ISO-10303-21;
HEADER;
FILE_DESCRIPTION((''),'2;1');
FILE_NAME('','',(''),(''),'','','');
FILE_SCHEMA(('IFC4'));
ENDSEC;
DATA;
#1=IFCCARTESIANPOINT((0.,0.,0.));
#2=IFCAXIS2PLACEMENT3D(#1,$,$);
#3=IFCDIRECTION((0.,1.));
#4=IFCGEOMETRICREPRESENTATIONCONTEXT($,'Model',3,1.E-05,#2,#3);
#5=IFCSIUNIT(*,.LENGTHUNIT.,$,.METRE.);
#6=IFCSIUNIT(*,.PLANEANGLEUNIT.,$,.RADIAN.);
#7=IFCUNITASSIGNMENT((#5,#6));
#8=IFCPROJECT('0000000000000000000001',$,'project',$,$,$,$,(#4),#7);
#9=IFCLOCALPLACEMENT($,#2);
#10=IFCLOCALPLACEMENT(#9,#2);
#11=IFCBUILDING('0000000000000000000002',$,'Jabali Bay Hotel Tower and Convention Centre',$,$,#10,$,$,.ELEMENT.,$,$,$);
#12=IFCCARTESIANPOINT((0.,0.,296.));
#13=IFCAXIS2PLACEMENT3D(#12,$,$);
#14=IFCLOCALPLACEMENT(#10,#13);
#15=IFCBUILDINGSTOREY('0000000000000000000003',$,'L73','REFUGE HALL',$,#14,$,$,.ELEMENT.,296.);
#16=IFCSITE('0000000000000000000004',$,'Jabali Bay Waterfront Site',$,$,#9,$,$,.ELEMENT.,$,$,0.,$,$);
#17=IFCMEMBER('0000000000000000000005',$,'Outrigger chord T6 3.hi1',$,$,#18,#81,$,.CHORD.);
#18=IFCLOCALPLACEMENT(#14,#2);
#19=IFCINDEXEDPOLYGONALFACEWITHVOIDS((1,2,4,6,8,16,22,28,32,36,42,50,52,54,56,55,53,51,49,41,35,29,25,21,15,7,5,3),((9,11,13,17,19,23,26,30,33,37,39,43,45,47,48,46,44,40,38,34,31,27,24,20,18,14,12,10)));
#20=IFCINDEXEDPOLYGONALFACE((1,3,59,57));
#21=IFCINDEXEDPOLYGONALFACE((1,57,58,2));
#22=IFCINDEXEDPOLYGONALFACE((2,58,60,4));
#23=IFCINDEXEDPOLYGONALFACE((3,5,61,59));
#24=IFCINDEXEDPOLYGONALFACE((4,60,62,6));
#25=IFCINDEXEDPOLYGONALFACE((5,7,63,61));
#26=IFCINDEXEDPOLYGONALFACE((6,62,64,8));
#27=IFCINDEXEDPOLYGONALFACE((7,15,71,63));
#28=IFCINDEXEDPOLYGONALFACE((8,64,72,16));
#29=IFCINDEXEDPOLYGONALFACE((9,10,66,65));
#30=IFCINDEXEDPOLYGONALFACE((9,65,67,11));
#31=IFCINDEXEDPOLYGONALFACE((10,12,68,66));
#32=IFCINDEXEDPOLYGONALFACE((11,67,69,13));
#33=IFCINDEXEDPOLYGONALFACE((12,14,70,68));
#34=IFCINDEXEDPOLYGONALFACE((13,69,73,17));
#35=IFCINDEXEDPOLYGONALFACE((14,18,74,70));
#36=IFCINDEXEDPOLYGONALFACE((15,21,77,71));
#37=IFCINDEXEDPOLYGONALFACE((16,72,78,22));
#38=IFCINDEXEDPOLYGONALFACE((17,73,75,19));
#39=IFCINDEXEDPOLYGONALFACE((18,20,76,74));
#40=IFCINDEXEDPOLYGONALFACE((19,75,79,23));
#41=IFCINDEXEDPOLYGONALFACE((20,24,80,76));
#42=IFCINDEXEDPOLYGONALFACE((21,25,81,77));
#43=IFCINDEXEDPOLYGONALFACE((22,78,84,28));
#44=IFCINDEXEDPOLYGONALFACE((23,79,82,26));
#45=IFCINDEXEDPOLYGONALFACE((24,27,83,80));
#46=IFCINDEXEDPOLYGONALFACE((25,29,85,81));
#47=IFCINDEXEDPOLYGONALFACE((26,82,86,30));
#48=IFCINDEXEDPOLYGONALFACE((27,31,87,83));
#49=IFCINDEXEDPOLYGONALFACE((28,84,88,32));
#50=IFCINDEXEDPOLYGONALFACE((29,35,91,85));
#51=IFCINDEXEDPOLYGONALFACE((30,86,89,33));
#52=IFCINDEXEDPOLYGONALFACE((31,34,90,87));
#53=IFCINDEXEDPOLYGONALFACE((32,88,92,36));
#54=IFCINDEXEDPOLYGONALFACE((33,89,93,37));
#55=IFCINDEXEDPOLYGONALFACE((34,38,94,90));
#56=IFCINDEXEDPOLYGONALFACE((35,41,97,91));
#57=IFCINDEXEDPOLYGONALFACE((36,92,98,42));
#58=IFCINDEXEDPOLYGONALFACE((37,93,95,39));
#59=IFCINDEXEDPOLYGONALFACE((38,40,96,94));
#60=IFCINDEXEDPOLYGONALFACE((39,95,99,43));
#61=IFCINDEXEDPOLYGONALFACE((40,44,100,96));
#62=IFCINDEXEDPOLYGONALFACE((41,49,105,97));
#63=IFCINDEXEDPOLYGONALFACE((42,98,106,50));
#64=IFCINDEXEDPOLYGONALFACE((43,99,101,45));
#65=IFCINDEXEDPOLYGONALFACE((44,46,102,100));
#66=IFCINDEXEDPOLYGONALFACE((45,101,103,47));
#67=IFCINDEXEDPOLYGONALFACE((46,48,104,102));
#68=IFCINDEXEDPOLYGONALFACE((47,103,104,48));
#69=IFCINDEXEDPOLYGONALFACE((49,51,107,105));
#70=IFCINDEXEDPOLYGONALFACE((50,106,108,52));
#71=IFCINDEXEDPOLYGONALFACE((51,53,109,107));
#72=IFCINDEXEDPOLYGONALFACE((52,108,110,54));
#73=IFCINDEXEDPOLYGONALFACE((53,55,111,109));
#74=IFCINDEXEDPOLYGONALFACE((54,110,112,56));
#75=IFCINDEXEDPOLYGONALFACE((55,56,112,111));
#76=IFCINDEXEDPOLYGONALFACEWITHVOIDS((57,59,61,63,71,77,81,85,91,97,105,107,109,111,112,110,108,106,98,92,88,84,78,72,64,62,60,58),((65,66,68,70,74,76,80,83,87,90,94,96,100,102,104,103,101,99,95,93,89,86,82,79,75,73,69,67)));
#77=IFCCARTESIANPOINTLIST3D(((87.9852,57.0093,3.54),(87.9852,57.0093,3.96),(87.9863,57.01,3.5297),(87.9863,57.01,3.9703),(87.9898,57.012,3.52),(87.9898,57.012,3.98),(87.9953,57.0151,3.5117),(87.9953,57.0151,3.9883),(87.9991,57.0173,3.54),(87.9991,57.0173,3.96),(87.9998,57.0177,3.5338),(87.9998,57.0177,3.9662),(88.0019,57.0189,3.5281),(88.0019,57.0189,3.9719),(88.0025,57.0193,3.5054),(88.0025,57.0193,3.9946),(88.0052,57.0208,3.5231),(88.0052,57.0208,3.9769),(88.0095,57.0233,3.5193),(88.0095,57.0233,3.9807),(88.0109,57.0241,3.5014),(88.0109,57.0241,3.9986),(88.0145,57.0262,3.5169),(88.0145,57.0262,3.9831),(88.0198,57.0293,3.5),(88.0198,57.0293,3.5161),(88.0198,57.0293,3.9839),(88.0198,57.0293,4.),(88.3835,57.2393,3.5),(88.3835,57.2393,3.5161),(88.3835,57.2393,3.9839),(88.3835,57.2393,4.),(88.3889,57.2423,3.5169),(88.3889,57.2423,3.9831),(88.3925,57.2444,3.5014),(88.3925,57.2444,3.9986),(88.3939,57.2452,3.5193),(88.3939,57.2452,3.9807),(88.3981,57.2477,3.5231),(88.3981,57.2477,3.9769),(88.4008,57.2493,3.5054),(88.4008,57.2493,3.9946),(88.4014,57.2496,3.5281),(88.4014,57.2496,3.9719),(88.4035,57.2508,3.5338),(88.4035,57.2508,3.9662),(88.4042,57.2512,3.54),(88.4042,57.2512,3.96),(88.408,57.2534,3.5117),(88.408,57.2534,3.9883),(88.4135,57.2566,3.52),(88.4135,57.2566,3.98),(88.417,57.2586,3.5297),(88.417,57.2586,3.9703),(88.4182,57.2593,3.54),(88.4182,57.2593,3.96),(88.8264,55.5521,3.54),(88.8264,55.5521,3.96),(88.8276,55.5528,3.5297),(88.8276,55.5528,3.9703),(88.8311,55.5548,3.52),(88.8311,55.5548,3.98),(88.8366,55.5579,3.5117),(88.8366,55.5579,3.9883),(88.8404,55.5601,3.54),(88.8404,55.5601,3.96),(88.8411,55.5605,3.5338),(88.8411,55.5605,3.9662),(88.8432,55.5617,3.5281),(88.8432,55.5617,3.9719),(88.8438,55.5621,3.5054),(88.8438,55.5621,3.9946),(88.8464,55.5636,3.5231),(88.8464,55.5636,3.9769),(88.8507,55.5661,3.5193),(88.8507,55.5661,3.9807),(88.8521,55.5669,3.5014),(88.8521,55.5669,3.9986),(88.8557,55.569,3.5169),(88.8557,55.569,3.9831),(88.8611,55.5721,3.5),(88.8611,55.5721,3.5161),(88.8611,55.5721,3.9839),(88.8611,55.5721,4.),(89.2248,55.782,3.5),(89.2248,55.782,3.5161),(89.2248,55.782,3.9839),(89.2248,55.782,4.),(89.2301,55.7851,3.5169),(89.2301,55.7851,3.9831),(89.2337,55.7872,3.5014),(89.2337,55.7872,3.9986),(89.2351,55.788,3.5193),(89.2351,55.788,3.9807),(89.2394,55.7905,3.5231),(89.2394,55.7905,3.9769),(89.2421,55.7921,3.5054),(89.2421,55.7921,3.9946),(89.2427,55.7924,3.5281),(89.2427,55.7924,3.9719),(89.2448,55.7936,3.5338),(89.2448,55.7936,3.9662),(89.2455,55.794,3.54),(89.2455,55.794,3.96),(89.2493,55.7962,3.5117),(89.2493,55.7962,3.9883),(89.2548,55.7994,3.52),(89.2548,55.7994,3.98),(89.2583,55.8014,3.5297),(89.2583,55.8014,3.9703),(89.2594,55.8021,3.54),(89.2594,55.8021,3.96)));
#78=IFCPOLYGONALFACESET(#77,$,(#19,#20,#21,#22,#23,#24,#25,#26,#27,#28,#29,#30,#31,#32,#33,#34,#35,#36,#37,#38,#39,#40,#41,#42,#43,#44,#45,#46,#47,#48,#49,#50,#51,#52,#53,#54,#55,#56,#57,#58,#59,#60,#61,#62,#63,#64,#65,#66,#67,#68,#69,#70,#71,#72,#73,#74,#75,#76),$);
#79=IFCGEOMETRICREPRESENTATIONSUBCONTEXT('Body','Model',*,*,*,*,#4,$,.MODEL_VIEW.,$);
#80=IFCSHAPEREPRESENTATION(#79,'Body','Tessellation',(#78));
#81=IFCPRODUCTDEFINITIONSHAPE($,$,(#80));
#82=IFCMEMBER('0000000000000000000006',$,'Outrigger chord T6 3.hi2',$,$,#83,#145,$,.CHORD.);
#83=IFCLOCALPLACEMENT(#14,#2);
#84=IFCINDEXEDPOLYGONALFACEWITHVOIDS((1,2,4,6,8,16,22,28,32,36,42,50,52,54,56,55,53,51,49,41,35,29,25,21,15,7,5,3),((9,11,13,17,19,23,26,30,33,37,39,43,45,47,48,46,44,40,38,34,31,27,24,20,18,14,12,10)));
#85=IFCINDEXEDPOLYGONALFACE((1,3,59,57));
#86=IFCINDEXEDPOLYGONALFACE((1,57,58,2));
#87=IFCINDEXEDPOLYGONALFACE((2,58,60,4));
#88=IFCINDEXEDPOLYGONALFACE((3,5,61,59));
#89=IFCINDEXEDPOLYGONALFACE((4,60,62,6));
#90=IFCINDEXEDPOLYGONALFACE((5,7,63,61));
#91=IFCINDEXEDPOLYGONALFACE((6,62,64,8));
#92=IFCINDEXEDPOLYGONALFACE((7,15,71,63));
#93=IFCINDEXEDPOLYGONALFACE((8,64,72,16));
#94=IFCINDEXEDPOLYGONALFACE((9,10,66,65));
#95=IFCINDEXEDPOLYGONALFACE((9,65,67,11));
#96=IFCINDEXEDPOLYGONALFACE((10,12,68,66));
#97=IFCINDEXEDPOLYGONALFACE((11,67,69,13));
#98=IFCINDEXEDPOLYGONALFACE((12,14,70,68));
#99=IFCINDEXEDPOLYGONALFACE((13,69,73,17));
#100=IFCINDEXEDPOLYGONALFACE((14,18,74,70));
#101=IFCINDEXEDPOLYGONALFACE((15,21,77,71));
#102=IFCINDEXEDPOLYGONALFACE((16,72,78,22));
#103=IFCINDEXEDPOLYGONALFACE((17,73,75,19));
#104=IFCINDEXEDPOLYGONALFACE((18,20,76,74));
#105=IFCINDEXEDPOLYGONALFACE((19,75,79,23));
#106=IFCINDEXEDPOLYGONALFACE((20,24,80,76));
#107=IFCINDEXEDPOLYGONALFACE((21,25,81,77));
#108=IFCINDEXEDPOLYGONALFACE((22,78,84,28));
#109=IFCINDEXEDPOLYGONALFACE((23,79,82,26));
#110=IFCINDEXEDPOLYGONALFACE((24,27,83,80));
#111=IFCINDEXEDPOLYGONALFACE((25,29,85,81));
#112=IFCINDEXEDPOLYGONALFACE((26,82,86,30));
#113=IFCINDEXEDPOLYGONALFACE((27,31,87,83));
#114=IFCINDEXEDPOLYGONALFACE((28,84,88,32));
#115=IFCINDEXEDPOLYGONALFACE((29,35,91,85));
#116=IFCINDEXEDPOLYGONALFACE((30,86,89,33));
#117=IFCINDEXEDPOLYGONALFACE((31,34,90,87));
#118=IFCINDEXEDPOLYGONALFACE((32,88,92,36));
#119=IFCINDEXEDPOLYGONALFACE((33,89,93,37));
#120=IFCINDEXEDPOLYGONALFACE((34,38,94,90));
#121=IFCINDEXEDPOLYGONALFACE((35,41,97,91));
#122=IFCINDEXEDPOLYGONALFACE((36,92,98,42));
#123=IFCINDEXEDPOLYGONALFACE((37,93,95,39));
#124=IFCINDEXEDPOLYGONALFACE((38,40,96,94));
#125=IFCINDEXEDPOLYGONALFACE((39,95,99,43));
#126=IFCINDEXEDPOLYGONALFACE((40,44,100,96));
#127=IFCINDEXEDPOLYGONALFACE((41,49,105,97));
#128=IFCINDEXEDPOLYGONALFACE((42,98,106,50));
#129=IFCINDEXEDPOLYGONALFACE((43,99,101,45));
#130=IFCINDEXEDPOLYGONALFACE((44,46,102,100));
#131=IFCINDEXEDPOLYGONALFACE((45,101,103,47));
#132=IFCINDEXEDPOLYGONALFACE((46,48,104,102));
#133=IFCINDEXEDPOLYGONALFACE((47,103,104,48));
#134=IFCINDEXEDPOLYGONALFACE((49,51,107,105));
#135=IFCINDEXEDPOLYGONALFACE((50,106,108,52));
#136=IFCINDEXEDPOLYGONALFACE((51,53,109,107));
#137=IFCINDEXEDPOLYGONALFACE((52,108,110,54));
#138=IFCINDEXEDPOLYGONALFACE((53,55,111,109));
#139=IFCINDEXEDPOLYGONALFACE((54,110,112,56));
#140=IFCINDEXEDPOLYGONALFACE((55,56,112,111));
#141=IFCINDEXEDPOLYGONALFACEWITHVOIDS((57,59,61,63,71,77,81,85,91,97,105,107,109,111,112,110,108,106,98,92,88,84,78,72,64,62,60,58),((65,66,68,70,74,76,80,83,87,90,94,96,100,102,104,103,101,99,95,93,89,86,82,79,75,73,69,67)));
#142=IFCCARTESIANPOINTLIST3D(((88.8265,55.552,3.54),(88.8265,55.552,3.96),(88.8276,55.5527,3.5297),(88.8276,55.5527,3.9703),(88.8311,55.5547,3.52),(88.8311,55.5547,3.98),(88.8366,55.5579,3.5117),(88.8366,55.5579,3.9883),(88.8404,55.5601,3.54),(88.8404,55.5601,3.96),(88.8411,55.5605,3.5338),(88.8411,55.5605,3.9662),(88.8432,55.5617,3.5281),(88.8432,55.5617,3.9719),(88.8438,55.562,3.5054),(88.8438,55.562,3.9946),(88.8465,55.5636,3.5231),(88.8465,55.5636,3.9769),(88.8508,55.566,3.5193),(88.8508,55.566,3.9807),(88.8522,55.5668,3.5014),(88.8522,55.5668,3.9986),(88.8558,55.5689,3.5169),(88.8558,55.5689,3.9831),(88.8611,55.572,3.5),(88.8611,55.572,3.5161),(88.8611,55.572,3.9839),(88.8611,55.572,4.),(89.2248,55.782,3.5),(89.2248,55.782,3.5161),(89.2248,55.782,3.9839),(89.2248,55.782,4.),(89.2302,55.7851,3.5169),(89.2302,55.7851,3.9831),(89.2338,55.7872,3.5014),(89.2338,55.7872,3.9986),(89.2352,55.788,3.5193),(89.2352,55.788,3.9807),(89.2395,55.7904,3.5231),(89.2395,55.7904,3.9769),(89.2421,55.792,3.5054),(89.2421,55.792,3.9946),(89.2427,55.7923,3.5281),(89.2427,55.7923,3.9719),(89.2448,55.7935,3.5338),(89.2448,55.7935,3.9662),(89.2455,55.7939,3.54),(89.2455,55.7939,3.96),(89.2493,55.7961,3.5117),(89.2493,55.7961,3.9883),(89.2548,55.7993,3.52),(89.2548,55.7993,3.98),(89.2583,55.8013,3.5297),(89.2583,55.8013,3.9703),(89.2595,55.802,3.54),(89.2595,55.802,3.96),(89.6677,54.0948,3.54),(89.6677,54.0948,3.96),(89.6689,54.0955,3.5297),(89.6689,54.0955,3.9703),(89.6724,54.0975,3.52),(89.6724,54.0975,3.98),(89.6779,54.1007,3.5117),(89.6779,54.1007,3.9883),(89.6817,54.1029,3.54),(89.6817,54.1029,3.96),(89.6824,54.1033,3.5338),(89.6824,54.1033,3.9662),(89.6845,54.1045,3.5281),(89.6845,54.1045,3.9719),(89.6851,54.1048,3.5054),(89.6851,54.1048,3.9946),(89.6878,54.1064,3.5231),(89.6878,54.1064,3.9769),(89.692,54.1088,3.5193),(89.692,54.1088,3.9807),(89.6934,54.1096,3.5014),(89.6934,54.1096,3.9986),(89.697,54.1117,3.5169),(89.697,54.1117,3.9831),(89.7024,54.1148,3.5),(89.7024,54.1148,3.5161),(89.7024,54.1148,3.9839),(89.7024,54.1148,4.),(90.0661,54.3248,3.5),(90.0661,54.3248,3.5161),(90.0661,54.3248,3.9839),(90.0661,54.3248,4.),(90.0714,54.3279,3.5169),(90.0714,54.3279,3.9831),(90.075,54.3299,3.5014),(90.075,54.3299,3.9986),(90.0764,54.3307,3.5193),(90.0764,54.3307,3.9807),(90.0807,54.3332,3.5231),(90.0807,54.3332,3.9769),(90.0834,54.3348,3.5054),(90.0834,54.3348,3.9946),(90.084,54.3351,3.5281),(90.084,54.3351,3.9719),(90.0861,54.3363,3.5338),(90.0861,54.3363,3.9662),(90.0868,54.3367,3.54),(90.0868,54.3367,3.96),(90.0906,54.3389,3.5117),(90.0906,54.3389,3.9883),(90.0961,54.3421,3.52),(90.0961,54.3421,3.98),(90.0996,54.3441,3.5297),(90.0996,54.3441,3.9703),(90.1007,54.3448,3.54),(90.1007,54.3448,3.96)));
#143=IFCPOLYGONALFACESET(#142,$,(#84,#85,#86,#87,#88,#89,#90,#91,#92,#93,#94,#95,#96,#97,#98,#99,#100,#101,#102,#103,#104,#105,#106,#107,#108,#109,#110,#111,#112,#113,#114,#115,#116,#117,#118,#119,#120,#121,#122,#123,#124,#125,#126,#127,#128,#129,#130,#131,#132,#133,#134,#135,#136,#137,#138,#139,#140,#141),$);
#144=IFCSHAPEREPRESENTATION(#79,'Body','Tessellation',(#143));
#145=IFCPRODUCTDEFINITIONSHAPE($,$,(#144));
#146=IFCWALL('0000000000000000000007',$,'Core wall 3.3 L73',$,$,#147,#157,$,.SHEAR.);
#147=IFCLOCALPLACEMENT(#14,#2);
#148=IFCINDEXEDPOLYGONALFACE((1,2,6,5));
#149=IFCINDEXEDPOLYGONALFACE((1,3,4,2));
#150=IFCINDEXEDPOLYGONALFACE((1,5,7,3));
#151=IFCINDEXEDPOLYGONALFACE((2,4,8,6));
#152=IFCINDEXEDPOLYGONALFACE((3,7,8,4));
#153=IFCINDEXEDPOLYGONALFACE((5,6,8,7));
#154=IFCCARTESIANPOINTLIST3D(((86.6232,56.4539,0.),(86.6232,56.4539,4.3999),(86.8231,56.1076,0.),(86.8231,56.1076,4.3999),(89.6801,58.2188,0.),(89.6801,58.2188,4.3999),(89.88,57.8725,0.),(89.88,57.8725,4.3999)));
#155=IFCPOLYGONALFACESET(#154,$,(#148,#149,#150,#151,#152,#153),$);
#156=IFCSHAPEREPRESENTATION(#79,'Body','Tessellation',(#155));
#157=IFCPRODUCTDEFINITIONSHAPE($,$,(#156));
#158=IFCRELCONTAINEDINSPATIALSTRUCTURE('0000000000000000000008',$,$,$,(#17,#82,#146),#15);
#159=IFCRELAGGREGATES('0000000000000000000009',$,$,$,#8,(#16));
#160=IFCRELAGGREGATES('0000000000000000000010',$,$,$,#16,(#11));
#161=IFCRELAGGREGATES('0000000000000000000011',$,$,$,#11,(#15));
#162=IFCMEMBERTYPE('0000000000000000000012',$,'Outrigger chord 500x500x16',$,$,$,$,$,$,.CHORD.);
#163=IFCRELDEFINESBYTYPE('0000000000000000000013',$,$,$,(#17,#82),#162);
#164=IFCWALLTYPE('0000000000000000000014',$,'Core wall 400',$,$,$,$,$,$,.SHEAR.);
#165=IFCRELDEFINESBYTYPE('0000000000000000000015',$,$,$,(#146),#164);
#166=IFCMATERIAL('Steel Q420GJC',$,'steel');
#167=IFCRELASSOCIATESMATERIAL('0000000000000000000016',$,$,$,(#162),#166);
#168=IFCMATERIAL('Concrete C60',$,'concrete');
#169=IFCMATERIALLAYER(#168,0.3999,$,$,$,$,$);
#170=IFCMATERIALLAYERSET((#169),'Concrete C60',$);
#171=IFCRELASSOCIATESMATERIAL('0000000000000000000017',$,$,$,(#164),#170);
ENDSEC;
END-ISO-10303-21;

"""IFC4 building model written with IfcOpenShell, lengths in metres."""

from ifc_helpers import new_model, si_unit, direction, frame, frame_2d, origin, origin_2d, place, context, subcontext, project, spatial, rectangle, hollow_rectangle, extrude, material, layer, layer_set, material_profile, profile_set, type_object, element, save


model = new_model("IFC4")

# Units and contexts
model_context = context("Model", 3, precision=1e-05, world=origin(), true_north=direction((0.0, 1.0)))
body_context = subcontext(model_context, "Body", "Model", "MODEL_VIEW")
ifc_project = project(units=[si_unit("LENGTHUNIT", "METRE"), si_unit("PLANEANGLEUNIT", "RADIAN")], contexts=[model_context])

# Site, building, storey
site_placement = place(None, origin())
site = spatial("IfcSite", under=ifc_project, at=site_placement, Name="Jabali Bay Waterfront Site", CompositionType="ELEMENT", RefElevation=0.0)
building_placement = place(site_placement, origin())
building = spatial("IfcBuilding", under=site, at=building_placement, Name="Jabali Bay Hotel Tower and Convention Centre", CompositionType="ELEMENT")
storey_placement = place(building_placement, frame((0.0, 0.0, 296.0)))
storey = spatial("IfcBuildingStorey", under=building, at=storey_placement, Name="L73", Description="REFUGE HALL", CompositionType="ELEMENT", Elevation=296.0)

# Shared definitions
ifc_material_1 = material(Name="Concrete C60", Category="concrete")

# Members
ifc_material_2 = material(Name="Steel Q420GJC", Category="steel")
ifc_material_profile_1 = material_profile(ifc_material_2, hollow_rectangle(XDim=0.5, YDim=0.5, WallThickness=0.0161, InnerFilletRadius=0.0239, OuterFilletRadius=0.04, at=origin_2d()), Name="Outrigger chord 500x500x16")
ifc_profile_set_1 = profile_set([ifc_material_profile_1], Name="Steel Q420GJC")
member_type_1 = type_object("IfcMemberType", Name="Outrigger chord 500x500x16", PredefinedType="CHORD", material=ifc_profile_set_1)
for number, where, z_axis, x_axis, name in (
    (1, (88.2017, 57.1343, 3.75), (0.499978, -0.866038, 0.0), (0.866038, 0.499978, 0.0), "Outrigger chord T6 3.hi1"),
    (2, (89.043, 55.677, 3.75), (0.499978, -0.866038, 0.0), (0.866038, 0.499978, 0.0), "Outrigger chord T6 3.hi2"),
):
    element("IfcMember", number, at=place(storey_placement, frame(where, z_axis=z_axis, x_axis=x_axis)), inside=storey, type_object=member_type_1, Name=name, PredefinedType="CHORD", context=body_context, shape_type="SweptSolid", body=[
        extrude(hollow_rectangle(XDim=0.5, YDim=0.5, WallThickness=0.0161, InnerFilletRadius=0.0239, OuterFilletRadius=0.04, at=origin_2d()), origin(), (0.0, 0.0, 1.0), 1.6826),
    ])

# Wall
ifc_layer_1 = layer(ifc_material_1, 0.3999)
ifc_layer_set_1 = layer_set([ifc_layer_1], Name="Concrete C60")
wall_type_1 = type_object("IfcWallType", Name="Core wall 400", PredefinedType="SHEAR", material=ifc_layer_set_1)
wall_1_placement = place(storey_placement, frame((86.7231, 56.2808, 0.0), z_axis=(0.0, 0.0, 1.0), x_axis=(0.866025, 0.5, 0.0)))
element("IfcWall", 3, at=wall_1_placement, inside=storey, type_object=wall_type_1, Name="Core wall 3.3 L73", PredefinedType="SHEAR", context=body_context, shape_type="SweptSolid", body=[
    extrude(rectangle(XDim=3.5298, YDim=0.3999, at=frame_2d((1.7649, 0.0))), origin(), (0.0, 0.0, 1.0), 4.3999),
])

save(model, "model.ifc")
